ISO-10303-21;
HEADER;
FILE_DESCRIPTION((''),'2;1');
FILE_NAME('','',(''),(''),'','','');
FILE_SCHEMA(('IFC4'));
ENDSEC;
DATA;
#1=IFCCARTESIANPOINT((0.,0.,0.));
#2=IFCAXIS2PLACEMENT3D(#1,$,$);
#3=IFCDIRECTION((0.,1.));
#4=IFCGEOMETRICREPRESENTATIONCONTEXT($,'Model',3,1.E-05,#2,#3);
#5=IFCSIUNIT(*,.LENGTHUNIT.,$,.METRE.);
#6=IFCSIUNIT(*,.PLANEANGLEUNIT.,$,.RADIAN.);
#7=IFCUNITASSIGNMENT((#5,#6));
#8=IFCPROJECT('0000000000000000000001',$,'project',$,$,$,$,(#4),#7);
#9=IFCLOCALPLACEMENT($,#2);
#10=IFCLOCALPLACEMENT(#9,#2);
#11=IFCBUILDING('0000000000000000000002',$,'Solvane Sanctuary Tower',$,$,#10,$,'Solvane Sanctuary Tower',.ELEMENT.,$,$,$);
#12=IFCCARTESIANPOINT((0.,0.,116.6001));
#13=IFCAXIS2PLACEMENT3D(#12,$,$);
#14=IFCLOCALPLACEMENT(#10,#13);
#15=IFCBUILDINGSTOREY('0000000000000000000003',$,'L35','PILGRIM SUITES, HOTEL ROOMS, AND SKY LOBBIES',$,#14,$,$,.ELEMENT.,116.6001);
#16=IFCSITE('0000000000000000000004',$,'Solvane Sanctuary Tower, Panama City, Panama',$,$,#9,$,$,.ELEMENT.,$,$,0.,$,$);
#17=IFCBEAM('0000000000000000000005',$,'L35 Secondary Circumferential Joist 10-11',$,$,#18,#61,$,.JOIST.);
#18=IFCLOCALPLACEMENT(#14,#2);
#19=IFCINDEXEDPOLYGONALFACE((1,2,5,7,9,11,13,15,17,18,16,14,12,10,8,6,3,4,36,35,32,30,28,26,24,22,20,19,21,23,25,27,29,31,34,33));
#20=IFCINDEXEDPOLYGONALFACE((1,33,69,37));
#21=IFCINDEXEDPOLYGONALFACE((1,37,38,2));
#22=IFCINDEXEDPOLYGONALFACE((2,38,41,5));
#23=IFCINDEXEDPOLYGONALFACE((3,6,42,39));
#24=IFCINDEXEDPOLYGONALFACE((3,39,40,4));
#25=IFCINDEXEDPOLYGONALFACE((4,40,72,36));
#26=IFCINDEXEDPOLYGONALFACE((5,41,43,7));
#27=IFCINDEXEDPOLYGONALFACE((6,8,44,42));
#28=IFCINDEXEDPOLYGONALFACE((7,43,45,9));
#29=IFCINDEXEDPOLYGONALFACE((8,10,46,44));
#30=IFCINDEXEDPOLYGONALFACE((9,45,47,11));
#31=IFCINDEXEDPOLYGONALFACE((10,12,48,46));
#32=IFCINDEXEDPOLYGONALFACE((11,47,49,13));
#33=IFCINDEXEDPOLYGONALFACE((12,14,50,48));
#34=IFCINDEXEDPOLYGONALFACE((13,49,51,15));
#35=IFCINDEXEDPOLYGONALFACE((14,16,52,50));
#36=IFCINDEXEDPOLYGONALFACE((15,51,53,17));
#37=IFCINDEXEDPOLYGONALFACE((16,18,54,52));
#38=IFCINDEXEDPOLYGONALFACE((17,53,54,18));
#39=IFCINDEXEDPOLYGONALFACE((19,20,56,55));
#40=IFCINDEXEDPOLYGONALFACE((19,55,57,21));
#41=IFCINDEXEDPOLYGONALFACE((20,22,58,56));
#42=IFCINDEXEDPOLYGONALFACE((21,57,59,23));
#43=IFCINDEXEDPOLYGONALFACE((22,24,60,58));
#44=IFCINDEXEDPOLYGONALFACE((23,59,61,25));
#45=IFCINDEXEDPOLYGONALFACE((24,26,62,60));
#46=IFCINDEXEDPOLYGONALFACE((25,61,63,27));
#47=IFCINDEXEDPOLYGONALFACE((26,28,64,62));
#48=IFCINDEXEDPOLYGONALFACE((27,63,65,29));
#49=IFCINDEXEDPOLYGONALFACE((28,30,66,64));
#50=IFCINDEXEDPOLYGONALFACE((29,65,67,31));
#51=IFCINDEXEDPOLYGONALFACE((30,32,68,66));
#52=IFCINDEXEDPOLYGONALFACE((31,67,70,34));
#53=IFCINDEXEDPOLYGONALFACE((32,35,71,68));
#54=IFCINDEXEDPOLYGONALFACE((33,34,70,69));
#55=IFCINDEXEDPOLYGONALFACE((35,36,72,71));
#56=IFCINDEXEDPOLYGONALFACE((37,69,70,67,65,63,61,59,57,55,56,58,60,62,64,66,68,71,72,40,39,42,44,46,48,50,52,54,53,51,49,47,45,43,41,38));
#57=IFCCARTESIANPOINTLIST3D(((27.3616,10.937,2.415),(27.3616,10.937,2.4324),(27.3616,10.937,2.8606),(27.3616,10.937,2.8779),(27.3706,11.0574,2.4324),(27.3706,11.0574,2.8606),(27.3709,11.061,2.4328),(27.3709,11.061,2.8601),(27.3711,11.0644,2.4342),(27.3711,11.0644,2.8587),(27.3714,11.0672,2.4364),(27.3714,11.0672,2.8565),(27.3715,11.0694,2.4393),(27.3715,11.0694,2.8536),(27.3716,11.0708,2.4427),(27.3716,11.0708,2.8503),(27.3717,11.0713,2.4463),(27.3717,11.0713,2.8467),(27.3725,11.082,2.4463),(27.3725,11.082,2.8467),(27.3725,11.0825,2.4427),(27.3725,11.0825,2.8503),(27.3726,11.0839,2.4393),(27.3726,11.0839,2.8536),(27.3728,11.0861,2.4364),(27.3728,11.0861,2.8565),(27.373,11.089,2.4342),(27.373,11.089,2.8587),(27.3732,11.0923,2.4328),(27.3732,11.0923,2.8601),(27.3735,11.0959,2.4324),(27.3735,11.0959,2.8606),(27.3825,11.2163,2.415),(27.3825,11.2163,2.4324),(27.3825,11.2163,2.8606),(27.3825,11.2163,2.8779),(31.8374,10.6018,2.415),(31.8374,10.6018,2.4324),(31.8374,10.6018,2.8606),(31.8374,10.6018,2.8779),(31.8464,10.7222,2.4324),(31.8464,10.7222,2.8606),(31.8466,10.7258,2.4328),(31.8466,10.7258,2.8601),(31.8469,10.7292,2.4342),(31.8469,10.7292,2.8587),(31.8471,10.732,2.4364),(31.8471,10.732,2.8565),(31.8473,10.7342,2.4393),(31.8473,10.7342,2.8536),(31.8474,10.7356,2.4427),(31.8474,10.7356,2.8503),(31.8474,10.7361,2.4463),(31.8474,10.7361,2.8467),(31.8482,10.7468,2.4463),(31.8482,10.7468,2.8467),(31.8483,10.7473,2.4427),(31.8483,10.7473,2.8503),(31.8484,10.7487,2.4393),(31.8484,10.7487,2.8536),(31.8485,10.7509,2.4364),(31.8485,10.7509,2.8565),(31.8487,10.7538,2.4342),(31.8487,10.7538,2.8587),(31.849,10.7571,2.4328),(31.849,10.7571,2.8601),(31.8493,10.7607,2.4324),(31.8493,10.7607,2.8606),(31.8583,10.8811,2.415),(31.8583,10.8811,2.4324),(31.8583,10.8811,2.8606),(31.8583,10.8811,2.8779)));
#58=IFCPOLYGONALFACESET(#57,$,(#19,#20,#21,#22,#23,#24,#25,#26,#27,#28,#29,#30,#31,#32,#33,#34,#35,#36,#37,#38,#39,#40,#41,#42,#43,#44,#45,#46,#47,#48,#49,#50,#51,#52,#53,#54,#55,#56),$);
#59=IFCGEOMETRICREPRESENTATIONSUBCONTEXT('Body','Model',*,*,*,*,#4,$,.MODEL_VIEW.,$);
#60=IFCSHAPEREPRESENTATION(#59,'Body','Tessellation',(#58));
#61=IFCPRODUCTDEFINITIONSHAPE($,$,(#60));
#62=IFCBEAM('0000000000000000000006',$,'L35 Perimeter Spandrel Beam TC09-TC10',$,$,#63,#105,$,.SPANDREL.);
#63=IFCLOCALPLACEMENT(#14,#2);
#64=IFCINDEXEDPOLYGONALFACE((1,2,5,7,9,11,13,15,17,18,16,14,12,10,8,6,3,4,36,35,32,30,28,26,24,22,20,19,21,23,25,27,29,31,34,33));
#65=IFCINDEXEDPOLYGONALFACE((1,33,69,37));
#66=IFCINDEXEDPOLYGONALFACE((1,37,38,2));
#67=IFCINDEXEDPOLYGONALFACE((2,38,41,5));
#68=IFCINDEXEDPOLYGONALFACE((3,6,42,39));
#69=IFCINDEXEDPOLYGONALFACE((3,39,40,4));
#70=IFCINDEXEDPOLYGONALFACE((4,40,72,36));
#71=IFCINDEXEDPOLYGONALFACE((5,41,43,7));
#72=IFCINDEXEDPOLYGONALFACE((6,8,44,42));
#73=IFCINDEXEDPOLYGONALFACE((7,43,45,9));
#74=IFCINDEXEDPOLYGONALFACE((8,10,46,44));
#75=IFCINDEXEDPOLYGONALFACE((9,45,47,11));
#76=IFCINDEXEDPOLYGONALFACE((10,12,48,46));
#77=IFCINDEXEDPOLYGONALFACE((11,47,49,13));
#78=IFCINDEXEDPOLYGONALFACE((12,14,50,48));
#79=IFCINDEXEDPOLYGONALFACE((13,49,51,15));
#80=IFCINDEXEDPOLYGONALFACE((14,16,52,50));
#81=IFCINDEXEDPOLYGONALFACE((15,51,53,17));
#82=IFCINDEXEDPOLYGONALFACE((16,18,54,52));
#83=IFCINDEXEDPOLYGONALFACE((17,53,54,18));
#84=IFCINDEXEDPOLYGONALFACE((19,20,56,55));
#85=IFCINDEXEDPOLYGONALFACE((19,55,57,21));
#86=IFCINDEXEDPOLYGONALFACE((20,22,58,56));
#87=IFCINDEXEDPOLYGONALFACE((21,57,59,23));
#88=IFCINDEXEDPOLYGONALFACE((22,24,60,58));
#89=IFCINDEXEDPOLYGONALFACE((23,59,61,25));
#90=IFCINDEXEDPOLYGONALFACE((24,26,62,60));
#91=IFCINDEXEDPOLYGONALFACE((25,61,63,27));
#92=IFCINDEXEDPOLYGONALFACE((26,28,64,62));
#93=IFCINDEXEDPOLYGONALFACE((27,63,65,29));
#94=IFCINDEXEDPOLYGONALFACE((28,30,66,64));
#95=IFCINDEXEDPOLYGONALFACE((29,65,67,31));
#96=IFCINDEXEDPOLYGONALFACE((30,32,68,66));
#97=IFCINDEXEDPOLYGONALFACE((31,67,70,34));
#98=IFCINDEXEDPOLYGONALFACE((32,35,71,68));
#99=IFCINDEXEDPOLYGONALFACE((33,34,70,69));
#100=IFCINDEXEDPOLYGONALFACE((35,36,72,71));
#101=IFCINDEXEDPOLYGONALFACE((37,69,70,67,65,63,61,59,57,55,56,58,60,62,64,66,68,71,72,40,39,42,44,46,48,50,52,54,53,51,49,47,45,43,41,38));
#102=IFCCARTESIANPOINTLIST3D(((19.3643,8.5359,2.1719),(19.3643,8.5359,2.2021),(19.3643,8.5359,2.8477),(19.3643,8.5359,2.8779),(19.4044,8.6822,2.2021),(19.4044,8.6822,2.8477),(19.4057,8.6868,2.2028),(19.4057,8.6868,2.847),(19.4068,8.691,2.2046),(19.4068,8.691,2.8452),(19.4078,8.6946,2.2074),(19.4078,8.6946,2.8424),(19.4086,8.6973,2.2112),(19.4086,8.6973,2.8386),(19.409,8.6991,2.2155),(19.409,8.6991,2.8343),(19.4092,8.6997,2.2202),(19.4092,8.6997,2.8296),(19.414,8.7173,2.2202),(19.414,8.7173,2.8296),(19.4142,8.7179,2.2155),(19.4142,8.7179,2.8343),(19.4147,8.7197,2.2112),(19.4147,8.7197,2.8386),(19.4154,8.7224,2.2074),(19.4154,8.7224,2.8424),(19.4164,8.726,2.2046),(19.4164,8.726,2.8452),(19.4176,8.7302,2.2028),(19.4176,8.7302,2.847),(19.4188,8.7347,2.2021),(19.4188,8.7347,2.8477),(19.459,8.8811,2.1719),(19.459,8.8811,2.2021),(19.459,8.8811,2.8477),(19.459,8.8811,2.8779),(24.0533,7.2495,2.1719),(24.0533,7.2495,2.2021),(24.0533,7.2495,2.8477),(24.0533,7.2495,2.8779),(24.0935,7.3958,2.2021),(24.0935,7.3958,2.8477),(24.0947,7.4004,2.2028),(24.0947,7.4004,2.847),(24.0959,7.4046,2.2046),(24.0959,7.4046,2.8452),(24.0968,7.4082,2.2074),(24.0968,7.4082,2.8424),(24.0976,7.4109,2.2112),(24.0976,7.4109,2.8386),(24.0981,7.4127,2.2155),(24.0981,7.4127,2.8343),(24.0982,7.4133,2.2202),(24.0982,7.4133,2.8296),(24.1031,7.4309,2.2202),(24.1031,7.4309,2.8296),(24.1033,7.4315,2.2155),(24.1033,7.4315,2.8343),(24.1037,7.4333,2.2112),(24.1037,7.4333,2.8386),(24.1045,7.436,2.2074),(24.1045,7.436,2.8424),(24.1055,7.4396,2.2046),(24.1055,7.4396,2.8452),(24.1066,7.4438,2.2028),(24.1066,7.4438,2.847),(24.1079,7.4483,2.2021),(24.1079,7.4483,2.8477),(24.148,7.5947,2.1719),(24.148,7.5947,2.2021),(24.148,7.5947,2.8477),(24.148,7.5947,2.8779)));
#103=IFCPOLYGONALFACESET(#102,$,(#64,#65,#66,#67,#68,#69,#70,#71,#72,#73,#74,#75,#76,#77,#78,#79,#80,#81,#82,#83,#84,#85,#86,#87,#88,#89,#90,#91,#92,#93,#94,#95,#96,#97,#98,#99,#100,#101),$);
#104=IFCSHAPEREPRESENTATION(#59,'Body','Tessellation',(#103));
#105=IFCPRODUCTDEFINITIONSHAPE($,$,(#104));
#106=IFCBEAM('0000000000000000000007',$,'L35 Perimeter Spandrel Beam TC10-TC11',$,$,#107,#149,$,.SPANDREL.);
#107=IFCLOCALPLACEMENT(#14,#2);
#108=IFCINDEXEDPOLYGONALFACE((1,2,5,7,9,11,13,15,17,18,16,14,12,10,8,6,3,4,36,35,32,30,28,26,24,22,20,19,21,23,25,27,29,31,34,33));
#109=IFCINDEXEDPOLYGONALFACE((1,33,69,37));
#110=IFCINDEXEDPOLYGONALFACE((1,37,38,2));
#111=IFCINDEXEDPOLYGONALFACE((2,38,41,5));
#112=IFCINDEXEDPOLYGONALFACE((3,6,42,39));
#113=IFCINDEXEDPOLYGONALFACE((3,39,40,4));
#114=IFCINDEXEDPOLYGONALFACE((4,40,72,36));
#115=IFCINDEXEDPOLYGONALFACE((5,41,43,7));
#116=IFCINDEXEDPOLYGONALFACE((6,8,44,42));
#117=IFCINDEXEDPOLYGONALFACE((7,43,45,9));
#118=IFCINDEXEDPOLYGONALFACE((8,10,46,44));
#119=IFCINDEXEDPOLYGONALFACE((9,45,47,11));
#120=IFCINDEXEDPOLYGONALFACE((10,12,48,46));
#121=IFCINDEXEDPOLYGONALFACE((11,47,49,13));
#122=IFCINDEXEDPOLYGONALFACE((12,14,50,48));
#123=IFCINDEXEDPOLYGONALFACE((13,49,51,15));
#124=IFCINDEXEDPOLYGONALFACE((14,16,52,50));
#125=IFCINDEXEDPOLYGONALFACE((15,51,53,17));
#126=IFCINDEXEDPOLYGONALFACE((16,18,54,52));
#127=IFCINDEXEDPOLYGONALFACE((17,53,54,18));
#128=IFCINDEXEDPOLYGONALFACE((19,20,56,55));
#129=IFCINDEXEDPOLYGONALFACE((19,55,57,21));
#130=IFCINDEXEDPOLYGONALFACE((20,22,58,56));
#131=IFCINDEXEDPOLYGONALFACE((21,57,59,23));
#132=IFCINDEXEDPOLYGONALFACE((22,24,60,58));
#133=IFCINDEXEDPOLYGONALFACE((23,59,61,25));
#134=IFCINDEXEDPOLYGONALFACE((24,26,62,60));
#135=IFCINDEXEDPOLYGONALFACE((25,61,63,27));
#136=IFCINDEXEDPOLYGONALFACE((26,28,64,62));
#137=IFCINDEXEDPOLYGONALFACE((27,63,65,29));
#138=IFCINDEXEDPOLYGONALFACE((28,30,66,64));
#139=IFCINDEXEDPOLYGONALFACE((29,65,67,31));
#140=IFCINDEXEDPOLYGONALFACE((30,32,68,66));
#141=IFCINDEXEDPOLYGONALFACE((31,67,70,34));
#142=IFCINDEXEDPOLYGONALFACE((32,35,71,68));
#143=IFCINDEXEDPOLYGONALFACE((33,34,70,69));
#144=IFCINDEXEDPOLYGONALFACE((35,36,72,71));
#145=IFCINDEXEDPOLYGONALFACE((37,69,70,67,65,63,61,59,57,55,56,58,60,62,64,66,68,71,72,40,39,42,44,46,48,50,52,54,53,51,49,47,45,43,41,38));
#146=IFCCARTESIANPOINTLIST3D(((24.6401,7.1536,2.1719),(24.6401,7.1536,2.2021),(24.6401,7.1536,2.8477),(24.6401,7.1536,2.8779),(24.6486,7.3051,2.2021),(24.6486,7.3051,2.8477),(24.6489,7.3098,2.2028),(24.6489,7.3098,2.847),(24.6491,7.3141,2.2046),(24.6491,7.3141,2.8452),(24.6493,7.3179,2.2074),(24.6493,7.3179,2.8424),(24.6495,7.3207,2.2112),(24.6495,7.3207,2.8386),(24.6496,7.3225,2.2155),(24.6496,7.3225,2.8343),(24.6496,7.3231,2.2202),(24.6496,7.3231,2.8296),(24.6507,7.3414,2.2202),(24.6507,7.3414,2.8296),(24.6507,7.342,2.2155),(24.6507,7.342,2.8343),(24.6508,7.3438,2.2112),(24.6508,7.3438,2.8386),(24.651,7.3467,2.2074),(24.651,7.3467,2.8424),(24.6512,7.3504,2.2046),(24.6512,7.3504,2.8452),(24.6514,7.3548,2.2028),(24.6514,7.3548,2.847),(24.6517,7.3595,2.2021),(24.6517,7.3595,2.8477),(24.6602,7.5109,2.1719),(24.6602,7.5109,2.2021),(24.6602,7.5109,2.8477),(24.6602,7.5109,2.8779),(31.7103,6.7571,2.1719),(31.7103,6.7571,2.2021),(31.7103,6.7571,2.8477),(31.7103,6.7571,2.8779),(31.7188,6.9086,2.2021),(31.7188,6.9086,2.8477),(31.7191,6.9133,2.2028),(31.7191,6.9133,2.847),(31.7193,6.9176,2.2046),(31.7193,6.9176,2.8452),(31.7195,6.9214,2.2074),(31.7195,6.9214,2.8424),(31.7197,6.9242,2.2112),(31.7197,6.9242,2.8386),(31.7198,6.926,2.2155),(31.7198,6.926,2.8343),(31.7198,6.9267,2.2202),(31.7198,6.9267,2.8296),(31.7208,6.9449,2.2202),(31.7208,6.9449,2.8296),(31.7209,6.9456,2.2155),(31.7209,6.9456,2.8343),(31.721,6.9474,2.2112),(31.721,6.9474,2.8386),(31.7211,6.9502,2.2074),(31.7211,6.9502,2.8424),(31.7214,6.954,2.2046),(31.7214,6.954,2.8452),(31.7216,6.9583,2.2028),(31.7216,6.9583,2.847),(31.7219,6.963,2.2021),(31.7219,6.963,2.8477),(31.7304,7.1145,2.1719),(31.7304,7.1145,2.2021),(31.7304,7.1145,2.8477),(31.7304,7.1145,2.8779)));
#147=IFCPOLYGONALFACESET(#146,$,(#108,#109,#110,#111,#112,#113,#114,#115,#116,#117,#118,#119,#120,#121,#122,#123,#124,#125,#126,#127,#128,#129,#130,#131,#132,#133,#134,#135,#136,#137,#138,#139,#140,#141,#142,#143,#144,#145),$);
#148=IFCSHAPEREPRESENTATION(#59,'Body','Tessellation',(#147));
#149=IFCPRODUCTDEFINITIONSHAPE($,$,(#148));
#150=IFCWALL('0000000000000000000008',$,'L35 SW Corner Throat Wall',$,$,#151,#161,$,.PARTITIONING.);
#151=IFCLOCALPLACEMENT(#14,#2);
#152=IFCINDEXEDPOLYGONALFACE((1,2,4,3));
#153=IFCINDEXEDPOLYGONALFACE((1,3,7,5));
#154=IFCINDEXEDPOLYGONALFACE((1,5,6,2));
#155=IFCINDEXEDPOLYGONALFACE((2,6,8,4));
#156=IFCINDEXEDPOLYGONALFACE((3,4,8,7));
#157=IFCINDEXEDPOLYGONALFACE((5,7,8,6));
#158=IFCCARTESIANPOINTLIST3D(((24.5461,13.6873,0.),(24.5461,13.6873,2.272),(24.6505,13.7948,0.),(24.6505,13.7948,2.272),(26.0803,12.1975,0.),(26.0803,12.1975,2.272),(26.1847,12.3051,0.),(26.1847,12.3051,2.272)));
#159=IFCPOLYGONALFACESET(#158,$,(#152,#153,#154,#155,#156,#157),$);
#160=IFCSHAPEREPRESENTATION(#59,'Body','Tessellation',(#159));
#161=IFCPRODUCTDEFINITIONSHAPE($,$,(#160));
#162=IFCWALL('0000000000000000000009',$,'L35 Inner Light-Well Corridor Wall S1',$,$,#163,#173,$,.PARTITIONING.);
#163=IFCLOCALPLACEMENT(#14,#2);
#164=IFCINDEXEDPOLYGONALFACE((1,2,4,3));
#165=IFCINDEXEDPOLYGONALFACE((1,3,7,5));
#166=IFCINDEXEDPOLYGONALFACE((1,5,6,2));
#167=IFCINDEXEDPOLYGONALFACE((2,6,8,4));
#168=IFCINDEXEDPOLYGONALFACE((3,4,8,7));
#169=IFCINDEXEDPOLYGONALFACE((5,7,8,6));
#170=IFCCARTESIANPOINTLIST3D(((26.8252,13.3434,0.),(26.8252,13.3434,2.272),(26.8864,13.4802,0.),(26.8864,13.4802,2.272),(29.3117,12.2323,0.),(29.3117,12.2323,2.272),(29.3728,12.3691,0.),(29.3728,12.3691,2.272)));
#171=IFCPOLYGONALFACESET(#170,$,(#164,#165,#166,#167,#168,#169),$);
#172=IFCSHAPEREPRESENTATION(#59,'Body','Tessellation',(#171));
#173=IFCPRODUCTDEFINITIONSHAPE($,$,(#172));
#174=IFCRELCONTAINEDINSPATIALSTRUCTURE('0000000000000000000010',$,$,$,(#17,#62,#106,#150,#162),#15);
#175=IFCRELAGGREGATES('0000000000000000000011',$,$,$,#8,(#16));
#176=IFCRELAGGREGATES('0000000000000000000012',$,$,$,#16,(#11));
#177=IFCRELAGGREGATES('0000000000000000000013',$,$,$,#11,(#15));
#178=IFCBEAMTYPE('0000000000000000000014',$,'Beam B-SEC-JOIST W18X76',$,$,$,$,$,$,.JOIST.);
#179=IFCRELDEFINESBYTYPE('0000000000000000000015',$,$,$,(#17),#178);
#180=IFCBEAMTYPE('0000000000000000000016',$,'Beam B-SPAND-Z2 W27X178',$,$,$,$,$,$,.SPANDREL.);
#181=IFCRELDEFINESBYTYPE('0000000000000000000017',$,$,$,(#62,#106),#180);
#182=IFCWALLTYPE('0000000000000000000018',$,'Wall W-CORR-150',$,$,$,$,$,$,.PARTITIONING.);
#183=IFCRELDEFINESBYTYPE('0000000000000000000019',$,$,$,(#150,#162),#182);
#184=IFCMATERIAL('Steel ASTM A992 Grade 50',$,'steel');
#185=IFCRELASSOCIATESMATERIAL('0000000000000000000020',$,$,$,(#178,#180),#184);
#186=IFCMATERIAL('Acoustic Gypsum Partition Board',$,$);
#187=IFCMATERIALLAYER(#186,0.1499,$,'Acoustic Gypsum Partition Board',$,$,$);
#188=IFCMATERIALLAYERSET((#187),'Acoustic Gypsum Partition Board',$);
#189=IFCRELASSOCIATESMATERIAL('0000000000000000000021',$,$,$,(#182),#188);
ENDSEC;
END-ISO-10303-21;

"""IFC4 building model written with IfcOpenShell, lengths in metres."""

from ifc_helpers import new_model, si_unit, direction, frame, frame_2d, origin, origin_2d, place, context, subcontext, project, spatial, rectangle, i_section, extrude, material, layer, layer_set, material_profile, profile_set, type_object, element, save


model = new_model("IFC4")

# Units and contexts
model_context = context("Model", 3, precision=1e-05, world=origin(), true_north=direction((0.0, 1.0)))
body_context = subcontext(model_context, "Body", "Model", "MODEL_VIEW")
ifc_project = project(units=[si_unit("LENGTHUNIT", "METRE"), si_unit("PLANEANGLEUNIT", "RADIAN")], contexts=[model_context])

# Site, building, storey
site_placement = place(None, origin())
site = spatial("IfcSite", under=ifc_project, at=site_placement, Name="Solvane Sanctuary Tower, Panama City, Panama", CompositionType="ELEMENT", RefElevation=0.0)
building_placement = place(site_placement, origin())
building = spatial("IfcBuilding", under=site, at=building_placement, Name="Solvane Sanctuary Tower", LongName="Solvane Sanctuary Tower", CompositionType="ELEMENT")
storey_placement = place(building_placement, frame((0.0, 0.0, 116.6001)))
storey = spatial("IfcBuildingStorey", under=building, at=storey_placement, Name="L35", Description="PILGRIM SUITES, HOTEL ROOMS, AND SKY LOBBIES", CompositionType="ELEMENT", Elevation=116.6001)

# Beams
ifc_material_1 = material(Name="Steel ASTM A992 Grade 50", Category="steel")
ifc_material_profile_1 = material_profile(ifc_material_1, i_section(OverallWidth=0.28, OverallDepth=0.4629, WebThickness=0.0107, FlangeThickness=0.0173, FilletRadius=0.0139, at=origin_2d()), Name="W18X76")
ifc_profile_set_1 = profile_set([ifc_material_profile_1], Name="Steel ASTM A992 Grade 50")
beam_type_1 = type_object("IfcBeamType", Name="Beam B-SEC-JOIST W18X76", PredefinedType="JOIST", material=ifc_profile_set_1)
beam_1_placement = place(storey_placement, frame((27.3721, 11.0767, 2.6465), z_axis=(0.997207, -0.074683, 0.0), x_axis=(0.074683, 0.997207, 0.0)))
element("IfcBeam", 1, at=beam_1_placement, inside=storey, type_object=beam_type_1, Name="L35 Secondary Circumferential Joist 10-11", PredefinedType="JOIST", context=body_context, shape_type="SweptSolid", body=[
    extrude(i_section(OverallWidth=0.28, OverallDepth=0.4629, WebThickness=0.0107, FlangeThickness=0.0173, FilletRadius=0.0139, at=origin_2d()), origin(), (0.0, 0.0, 1.0), 4.4883),
])
ifc_material_profile_2 = material_profile(ifc_material_1, i_section(OverallWidth=0.3579, OverallDepth=0.7061, WebThickness=0.0183, FlangeThickness=0.0303, FilletRadius=0.0181, at=origin_2d()), Name="W27X178")
ifc_profile_set_2 = profile_set([ifc_material_profile_2], Name="Steel ASTM A992 Grade 50")
beam_type_2 = type_object("IfcBeamType", Name="Beam B-SPAND-Z2 W27X178", PredefinedType="SPANDREL", material=ifc_profile_set_2)
beam_2_placement = place(storey_placement, frame((19.4116, 8.7085, 2.5249), z_axis=(0.964368, -0.264566, 0.0), x_axis=(0.264566, 0.964368, 0.0)))
element("IfcBeam", 2, at=beam_2_placement, inside=storey, type_object=beam_type_2, Name="L35 Perimeter Spandrel Beam TC09-TC10", PredefinedType="SPANDREL", context=body_context, shape_type="SweptSolid", body=[
    extrude(i_section(OverallWidth=0.3579, OverallDepth=0.7061, WebThickness=0.0183, FlangeThickness=0.0303, FilletRadius=0.0181, at=origin_2d()), origin(), (0.0, 0.0, 1.0), 4.8623),
])
beam_3_placement = place(storey_placement, frame((24.6501, 7.3323, 2.5249), z_axis=(0.998431, -0.055989, 0.0), x_axis=(0.055989, 0.998431, 0.0)))
element("IfcBeam", 3, at=beam_3_placement, inside=storey, type_object=beam_type_2, Name="L35 Perimeter Spandrel Beam TC10-TC11", PredefinedType="SPANDREL", context=body_context, shape_type="SweptSolid", body=[
    extrude(i_section(OverallWidth=0.3579, OverallDepth=0.7061, WebThickness=0.0183, FlangeThickness=0.0303, FilletRadius=0.0181, at=origin_2d()), origin(), (0.0, 0.0, 1.0), 7.0813),
])

# Walls
ifc_material_2 = material(Name="Acoustic Gypsum Partition Board")
ifc_layer_1 = layer(ifc_material_2, 0.1499, Name="Acoustic Gypsum Partition Board")
ifc_layer_set_1 = layer_set([ifc_layer_1], Name="Acoustic Gypsum Partition Board")
wall_type_1 = type_object("IfcWallType", Name="Wall W-CORR-150", PredefinedType="PARTITIONING", material=ifc_layer_set_1)
wall_1_placement = place(storey_placement, frame((26.1326, 12.2512, 0.0), z_axis=(0.0, 0.0, 1.0), x_axis=(-0.71742, 0.696641, 0.0)))
element("IfcWall", 4, at=wall_1_placement, inside=storey, type_object=wall_type_1, Name="L35 SW Corner Throat Wall", PredefinedType="PARTITIONING", context=body_context, shape_type="SweptSolid", body=[
    extrude(rectangle(XDim=2.1384, YDim=0.1499, at=frame_2d((1.0693, 0.0))), origin(), (0.0, 0.0, 1.0), 2.272),
])
wall_2_placement = place(storey_placement, frame((26.8557, 13.4119, 0.0), z_axis=(0.0, 0.0, 1.0), x_axis=(0.912985, -0.407993, 0.0)))
element("IfcWall", 5, at=wall_2_placement, inside=storey, type_object=wall_type_1, Name="L35 Inner Light-Well Corridor Wall S1", PredefinedType="PARTITIONING", context=body_context, shape_type="SweptSolid", body=[
    extrude(rectangle(XDim=2.7234, YDim=0.1499, at=frame_2d((1.3618, 0.0))), origin(), (0.0, 0.0, 1.0), 2.272),
])

save(model, "model.ifc")
